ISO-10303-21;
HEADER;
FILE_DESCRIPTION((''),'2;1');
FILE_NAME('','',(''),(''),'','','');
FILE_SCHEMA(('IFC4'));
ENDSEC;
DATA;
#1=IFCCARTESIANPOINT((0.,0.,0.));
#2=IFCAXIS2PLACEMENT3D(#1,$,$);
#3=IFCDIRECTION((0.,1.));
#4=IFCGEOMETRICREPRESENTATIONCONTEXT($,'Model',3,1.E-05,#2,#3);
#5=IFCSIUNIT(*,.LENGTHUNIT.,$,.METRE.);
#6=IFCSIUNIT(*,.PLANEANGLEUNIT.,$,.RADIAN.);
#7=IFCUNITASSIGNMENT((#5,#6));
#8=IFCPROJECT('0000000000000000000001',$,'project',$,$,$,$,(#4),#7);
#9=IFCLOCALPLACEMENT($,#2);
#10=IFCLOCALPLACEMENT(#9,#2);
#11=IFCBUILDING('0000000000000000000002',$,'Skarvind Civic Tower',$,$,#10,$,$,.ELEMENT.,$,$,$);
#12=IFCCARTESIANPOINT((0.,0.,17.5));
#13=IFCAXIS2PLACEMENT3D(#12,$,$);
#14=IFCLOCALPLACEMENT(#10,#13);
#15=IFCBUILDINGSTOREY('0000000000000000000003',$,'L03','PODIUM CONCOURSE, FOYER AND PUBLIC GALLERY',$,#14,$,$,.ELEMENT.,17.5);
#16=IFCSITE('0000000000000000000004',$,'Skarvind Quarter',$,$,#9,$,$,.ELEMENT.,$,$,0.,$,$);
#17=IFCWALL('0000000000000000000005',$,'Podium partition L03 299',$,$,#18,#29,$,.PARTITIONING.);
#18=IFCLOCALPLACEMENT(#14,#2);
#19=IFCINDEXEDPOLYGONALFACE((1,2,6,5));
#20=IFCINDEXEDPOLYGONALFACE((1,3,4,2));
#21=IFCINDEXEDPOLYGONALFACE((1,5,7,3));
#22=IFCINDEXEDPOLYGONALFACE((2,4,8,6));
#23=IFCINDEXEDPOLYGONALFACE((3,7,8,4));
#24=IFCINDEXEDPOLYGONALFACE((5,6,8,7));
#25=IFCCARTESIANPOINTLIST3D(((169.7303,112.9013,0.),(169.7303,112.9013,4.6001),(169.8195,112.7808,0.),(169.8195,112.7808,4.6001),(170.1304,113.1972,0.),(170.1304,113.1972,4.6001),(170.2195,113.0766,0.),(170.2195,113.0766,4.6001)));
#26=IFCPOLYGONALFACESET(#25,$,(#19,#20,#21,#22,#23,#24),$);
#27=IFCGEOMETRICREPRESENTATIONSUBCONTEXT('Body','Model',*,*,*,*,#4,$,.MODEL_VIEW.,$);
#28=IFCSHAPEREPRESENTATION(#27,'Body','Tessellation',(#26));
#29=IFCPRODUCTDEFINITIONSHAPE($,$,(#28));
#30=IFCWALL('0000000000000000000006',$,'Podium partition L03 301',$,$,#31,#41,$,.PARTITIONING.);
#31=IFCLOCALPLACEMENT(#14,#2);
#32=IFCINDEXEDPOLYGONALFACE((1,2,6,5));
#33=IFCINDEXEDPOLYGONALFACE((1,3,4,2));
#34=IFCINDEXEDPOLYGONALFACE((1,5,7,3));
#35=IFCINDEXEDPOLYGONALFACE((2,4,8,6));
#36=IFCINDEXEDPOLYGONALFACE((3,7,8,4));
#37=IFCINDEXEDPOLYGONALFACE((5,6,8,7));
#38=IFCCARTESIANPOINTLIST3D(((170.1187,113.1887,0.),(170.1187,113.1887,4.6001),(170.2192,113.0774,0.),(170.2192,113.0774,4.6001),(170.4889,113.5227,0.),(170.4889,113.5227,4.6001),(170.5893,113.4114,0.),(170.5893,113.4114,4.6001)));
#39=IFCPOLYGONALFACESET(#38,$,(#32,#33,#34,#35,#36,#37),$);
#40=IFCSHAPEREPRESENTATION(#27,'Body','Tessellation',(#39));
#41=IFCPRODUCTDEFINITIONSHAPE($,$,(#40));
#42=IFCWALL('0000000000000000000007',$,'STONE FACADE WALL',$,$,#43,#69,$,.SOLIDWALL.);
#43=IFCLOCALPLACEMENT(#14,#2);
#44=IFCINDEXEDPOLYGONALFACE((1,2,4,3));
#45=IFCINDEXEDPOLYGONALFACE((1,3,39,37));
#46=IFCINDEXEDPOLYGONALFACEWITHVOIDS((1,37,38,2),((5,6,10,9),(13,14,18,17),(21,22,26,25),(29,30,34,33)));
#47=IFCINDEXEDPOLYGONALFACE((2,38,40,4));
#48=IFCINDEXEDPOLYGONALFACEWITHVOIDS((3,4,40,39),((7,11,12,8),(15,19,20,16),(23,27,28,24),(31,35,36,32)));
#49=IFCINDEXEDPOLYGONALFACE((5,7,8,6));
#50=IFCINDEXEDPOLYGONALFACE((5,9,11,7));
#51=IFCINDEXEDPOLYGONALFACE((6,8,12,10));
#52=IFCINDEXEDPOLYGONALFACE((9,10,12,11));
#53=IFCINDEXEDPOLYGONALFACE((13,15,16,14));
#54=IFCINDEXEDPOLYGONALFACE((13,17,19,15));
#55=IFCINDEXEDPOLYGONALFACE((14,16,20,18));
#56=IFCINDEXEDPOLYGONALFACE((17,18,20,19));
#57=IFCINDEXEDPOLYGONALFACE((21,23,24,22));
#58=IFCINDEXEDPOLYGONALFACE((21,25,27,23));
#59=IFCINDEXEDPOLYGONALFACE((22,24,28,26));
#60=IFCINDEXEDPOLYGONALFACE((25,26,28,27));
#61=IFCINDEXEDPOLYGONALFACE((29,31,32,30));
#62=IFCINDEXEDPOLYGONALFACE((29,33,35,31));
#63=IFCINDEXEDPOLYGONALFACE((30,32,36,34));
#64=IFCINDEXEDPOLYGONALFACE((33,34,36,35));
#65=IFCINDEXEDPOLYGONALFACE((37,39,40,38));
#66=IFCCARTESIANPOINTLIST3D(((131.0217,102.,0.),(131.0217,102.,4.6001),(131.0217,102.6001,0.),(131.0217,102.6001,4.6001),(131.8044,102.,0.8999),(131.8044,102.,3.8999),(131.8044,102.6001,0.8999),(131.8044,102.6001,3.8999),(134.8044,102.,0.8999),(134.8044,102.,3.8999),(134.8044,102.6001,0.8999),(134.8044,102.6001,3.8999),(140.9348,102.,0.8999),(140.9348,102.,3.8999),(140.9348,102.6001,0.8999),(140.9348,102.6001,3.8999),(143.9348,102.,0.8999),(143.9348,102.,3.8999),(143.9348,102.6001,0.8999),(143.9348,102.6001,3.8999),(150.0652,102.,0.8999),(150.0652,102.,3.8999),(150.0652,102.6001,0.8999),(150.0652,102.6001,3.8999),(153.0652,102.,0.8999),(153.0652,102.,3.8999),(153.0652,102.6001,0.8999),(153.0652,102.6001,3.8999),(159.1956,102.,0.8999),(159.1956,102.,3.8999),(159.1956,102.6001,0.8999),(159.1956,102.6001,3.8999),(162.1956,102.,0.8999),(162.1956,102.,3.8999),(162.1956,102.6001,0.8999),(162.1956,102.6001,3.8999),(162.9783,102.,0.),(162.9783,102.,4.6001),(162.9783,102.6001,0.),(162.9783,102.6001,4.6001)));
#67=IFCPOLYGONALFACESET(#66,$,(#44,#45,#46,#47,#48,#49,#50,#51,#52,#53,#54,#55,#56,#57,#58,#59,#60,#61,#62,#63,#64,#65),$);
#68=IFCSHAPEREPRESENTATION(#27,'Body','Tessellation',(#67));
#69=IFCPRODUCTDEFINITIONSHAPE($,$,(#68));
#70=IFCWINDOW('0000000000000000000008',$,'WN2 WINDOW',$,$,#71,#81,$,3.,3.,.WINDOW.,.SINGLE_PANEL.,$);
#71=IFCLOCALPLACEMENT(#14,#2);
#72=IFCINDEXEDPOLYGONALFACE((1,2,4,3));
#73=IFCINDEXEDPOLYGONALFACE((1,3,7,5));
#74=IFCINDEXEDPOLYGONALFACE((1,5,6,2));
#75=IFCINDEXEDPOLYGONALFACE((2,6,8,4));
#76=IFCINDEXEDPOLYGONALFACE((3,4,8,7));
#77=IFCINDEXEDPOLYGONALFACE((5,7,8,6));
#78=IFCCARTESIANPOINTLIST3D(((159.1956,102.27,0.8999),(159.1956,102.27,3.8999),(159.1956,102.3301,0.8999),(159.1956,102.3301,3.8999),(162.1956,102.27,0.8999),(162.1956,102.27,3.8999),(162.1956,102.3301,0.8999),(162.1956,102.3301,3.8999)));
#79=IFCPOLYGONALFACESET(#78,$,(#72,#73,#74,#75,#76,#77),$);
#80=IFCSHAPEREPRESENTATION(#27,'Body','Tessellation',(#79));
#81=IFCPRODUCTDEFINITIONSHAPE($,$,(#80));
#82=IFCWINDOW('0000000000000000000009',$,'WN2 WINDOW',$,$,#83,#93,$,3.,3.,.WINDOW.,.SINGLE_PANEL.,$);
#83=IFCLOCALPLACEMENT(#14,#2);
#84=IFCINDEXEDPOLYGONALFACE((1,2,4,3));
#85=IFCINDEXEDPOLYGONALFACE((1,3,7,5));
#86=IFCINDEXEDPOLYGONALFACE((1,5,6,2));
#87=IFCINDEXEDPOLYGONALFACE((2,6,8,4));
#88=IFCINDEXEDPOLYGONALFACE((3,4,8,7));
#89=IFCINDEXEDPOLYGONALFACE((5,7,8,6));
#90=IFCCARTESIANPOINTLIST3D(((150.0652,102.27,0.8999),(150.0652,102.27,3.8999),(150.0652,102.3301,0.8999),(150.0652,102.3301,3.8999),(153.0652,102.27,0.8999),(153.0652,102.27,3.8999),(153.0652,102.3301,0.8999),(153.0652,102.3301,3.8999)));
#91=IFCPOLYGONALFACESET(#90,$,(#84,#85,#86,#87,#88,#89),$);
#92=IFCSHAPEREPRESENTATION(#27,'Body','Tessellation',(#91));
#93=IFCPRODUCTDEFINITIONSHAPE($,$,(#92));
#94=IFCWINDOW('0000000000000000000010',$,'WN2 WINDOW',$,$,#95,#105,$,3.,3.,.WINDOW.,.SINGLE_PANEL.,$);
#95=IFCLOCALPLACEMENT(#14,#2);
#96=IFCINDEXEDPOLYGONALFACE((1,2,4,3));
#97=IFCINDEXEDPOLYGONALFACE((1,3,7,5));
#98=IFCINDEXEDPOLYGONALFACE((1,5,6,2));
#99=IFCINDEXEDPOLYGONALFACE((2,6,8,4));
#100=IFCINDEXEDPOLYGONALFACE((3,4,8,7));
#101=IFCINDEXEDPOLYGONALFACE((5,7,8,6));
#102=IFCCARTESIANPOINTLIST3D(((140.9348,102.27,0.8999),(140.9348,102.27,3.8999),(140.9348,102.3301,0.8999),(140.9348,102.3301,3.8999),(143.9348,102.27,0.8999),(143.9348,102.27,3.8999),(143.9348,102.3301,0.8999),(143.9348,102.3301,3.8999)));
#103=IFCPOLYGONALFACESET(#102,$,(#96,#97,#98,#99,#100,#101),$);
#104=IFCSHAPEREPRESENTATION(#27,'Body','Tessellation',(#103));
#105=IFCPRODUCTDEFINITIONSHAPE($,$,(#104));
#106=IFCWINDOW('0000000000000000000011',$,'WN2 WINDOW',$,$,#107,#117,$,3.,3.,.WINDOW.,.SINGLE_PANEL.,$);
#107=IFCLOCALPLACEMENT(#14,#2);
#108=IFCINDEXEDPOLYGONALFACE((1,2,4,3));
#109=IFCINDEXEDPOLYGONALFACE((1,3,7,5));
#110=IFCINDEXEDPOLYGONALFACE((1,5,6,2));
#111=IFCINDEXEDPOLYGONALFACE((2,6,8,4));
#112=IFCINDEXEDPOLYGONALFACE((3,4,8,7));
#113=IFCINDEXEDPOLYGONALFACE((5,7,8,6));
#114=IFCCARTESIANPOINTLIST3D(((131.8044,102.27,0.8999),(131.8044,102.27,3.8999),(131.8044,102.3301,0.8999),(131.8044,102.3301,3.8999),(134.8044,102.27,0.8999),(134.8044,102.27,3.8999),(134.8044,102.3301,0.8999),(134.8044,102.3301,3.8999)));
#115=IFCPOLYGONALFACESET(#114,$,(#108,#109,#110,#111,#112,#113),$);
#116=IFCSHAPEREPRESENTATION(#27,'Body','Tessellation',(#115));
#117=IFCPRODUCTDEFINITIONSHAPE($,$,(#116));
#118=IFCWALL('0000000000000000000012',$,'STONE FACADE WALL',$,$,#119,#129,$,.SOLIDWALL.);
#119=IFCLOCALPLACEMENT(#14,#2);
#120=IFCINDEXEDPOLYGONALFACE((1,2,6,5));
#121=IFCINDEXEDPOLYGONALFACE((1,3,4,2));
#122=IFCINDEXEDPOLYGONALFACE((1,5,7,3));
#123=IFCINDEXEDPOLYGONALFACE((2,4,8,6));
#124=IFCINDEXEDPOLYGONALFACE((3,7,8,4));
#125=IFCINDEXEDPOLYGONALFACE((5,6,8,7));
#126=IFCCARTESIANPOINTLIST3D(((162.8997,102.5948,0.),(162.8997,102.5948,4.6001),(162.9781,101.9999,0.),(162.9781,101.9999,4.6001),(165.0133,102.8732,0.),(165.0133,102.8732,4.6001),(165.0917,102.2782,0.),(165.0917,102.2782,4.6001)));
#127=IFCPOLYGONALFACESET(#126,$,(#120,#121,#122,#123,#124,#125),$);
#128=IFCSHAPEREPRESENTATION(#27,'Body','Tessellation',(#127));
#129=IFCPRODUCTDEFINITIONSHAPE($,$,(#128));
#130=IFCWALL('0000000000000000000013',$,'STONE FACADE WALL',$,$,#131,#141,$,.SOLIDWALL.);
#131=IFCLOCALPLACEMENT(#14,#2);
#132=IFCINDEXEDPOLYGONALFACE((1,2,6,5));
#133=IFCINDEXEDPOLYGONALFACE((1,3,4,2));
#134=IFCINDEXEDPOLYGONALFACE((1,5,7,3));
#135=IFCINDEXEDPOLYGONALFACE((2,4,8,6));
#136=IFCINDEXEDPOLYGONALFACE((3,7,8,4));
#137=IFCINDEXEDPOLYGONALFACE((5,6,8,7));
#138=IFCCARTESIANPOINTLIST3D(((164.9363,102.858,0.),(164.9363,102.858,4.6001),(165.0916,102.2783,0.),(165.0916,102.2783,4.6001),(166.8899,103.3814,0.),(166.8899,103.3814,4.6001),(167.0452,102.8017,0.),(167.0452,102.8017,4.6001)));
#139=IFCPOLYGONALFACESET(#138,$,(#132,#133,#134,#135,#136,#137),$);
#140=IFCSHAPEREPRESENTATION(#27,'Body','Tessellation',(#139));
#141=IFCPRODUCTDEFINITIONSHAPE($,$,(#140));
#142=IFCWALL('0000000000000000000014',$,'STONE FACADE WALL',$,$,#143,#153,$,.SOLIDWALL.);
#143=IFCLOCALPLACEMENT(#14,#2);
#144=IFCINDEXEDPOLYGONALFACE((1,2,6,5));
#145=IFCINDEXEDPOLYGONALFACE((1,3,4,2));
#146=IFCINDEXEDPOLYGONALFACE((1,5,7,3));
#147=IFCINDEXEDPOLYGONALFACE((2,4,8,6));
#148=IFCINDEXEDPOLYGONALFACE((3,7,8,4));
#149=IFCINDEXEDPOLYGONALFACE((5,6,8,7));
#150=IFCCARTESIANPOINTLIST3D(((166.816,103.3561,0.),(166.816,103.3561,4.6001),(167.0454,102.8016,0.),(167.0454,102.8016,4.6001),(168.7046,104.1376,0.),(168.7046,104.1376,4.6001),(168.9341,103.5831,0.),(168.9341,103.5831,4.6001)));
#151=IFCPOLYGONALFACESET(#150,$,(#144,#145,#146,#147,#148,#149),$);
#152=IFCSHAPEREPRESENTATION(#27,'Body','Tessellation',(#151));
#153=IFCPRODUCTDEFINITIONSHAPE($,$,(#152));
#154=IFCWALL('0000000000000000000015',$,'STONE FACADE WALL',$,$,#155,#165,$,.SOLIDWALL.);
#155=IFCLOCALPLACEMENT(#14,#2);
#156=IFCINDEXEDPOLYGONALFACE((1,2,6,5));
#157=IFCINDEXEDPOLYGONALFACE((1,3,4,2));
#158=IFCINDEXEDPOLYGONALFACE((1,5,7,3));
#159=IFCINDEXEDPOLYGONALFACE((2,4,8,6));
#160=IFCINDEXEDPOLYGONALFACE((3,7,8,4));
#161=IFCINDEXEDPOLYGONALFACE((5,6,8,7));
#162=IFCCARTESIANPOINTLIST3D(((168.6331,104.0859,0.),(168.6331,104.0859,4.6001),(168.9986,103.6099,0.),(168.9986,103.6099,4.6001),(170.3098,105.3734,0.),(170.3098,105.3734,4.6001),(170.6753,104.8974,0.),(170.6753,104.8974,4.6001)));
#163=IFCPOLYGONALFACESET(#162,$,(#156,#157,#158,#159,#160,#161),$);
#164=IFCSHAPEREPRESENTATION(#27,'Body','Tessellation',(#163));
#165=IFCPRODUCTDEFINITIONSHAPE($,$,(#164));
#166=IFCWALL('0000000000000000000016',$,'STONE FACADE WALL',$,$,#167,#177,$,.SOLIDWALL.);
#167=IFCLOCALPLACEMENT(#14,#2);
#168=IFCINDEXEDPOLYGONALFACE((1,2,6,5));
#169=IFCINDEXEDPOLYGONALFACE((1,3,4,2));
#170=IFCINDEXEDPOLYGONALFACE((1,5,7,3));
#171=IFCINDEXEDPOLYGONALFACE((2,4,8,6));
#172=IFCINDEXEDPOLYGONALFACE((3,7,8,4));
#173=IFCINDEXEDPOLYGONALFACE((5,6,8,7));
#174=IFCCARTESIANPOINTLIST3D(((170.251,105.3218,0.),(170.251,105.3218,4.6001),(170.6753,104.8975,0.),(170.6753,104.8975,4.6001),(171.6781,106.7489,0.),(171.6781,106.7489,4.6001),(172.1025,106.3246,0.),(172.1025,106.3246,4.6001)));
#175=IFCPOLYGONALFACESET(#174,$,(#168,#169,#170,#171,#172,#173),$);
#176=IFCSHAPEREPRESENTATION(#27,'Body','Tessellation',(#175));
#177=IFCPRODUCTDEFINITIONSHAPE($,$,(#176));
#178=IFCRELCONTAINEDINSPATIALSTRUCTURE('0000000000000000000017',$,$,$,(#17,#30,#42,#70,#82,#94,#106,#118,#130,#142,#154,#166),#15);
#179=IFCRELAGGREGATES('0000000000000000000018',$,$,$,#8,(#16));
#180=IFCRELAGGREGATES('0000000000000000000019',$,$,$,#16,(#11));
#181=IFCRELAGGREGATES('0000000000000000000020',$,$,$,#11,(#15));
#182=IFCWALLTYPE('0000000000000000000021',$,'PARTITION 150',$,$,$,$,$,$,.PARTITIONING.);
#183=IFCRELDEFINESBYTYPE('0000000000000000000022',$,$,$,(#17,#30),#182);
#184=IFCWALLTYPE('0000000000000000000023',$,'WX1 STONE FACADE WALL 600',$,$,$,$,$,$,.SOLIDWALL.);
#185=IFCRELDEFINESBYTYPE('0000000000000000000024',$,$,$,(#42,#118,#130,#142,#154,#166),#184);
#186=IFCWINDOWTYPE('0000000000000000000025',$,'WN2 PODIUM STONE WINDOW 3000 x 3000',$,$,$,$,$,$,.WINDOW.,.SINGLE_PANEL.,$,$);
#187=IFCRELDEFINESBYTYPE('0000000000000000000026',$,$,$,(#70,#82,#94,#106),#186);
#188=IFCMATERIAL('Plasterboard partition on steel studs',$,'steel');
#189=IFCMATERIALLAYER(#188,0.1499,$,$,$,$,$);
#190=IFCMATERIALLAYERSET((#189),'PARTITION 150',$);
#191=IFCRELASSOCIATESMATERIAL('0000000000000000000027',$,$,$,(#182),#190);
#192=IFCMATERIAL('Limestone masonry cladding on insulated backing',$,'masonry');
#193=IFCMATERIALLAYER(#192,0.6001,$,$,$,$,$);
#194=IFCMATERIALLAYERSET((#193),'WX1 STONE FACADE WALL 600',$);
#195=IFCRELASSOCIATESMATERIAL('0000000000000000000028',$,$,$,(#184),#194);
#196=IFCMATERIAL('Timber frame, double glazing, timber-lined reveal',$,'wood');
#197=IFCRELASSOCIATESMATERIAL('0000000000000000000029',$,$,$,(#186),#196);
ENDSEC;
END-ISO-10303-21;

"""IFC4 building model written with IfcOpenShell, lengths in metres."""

from ifc_helpers import new_model, si_unit, direction, frame, frame_2d, origin, place, context, subcontext, project, spatial, rectangle, extrude, material, layer, layer_set, type_object, element, fill, save


model = new_model("IFC4")

# Units and contexts
model_context = context("Model", 3, precision=1e-05, world=origin(), true_north=direction((0.0, 1.0)))
body_context = subcontext(model_context, "Body", "Model", "MODEL_VIEW")
ifc_project = project(units=[si_unit("LENGTHUNIT", "METRE"), si_unit("PLANEANGLEUNIT", "RADIAN")], contexts=[model_context])

# Site, building, storey
site_placement = place(None, origin())
site = spatial("IfcSite", under=ifc_project, at=site_placement, Name="Skarvind Quarter", CompositionType="ELEMENT", RefElevation=0.0)
building_placement = place(site_placement, origin())
building = spatial("IfcBuilding", under=site, at=building_placement, Name="Skarvind Civic Tower", CompositionType="ELEMENT")
storey_placement = place(building_placement, frame((0.0, 0.0, 17.5)))
storey = spatial("IfcBuildingStorey", under=building, at=storey_placement, Name="L03", Description="PODIUM CONCOURSE, FOYER AND PUBLIC GALLERY", CompositionType="ELEMENT", Elevation=17.5)

# Shared definitions
ifc_material_1 = material(Name="Plasterboard partition on steel studs", Category="steel")
ifc_layer_1 = layer(ifc_material_1, 0.1499)
ifc_layer_set_1 = layer_set([ifc_layer_1], Name="PARTITION 150")
wall_type_1 = type_object("IfcWallType", Name="PARTITION 150", PredefinedType="PARTITIONING", material=ifc_layer_set_1)

# Walls
wall_1_placement = place(storey_placement, frame((169.7749, 112.8411, 0.0), z_axis=(0.0, 0.0, 1.0), x_axis=(0.804044, 0.59457, 0.0)))
element("IfcWall", 1, at=wall_1_placement, inside=storey, type_object=wall_type_1, Name="Podium partition L03 299", PredefinedType="PARTITIONING", context=body_context, shape_type="SweptSolid", body=[
    extrude(rectangle(XDim=0.4976, YDim=0.1499, at=frame_2d((0.2488, 0.0))), origin(), (0.0, 0.0, 1.0), 4.6001),
])
wall_2_placement = place(storey_placement, frame((170.1689, 113.1331, 0.0), z_axis=(0.0, 0.0, 1.0), x_axis=(0.742417, 0.669938, 0.0)))
element("IfcWall", 2, at=wall_2_placement, inside=storey, type_object=wall_type_1, Name="Podium partition L03 301", PredefinedType="PARTITIONING", context=body_context, shape_type="SweptSolid", body=[
    extrude(rectangle(XDim=0.4985, YDim=0.1499, at=frame_2d((0.2493, 0.0))), origin(), (0.0, 0.0, 1.0), 4.6001),
])

# Wall, openings, windows
ifc_material_2 = material(Name="Limestone masonry cladding on insulated backing", Category="masonry")
ifc_layer_2 = layer(ifc_material_2, 0.6001)
ifc_layer_set_2 = layer_set([ifc_layer_2], Name="WX1 STONE FACADE WALL 600")
wall_type_2 = type_object("IfcWallType", Name="WX1 STONE FACADE WALL 600", PredefinedType="SOLIDWALL", material=ifc_layer_set_2)
wall_3_placement = place(storey_placement, frame((162.9783, 102.3, 0.0), z_axis=(0.0, 0.0, 1.0), x_axis=(-1.0, 0.0, 0.0)))
wall_3 = element("IfcWall", 3, at=wall_3_placement, inside=storey, type_object=wall_type_2, Name="STONE FACADE WALL", PredefinedType="SOLIDWALL", context=body_context, shape_type="SweptSolid", body=[
    extrude(rectangle(XDim=31.9565, YDim=0.6001, at=frame_2d((15.9783, 0.0))), origin(), (0.0, 0.0, 1.0), 4.6001),
])
opening_1_placement = place(wall_3_placement, frame((0.7827, 0.0, 0.8999)))
opening_1 = element("IfcOpeningElement", 4, at=opening_1_placement, cuts=wall_3, PredefinedType="OPENING", context=body_context, shape_type="SweptSolid", body=[
    extrude(rectangle(XDim=3.0, YDim=3.0, at=frame_2d((1.5, 1.5))), frame((0.0, 0.3101, 0.0), z_axis=(0.0, -1.0, 0.0), x_axis=(1.0, 0.0, 0.0)), (0.0, 0.0, 1.0), 0.6201),
])
opening_2_placement = place(wall_3_placement, frame((9.9131, 0.0, 0.8999)))
opening_2 = element("IfcOpeningElement", 5, at=opening_2_placement, cuts=wall_3, PredefinedType="OPENING", context=body_context, shape_type="SweptSolid", body=[
    extrude(rectangle(XDim=3.0, YDim=3.0, at=frame_2d((1.5, 1.5))), frame((0.0, 0.3101, 0.0), z_axis=(0.0, -1.0, 0.0), x_axis=(1.0, 0.0, 0.0)), (0.0, 0.0, 1.0), 0.6201),
])
opening_3_placement = place(wall_3_placement, frame((19.0435, 0.0, 0.8999)))
opening_3 = element("IfcOpeningElement", 6, at=opening_3_placement, cuts=wall_3, PredefinedType="OPENING", context=body_context, shape_type="SweptSolid", body=[
    extrude(rectangle(XDim=3.0, YDim=3.0, at=frame_2d((1.5, 1.5))), frame((0.0, 0.3101, 0.0), z_axis=(0.0, -1.0, 0.0), x_axis=(1.0, 0.0, 0.0)), (0.0, 0.0, 1.0), 0.6201),
])
opening_4_placement = place(wall_3_placement, frame((28.1738, 0.0, 0.8999)))
opening_4 = element("IfcOpeningElement", 7, at=opening_4_placement, cuts=wall_3, PredefinedType="OPENING", context=body_context, shape_type="SweptSolid", body=[
    extrude(rectangle(XDim=3.0, YDim=3.0, at=frame_2d((1.5, 1.5))), frame((0.0, 0.3101, 0.0), z_axis=(0.0, -1.0, 0.0), x_axis=(1.0, 0.0, 0.0)), (0.0, 0.0, 1.0), 0.6201),
])
ifc_material_3 = material(Name="Timber frame, double glazing, timber-lined reveal", Category="wood")
window_type = type_object("IfcWindowType", Name="WN2 PODIUM STONE WINDOW 3000 x 3000", PartitioningType="SINGLE_PANEL", PredefinedType="WINDOW", material=ifc_material_3)
window_1_placement = place(opening_1_placement, origin())
window_1 = element("IfcWindow", 8, at=window_1_placement, inside=storey, type_object=window_type, Name="WN2 WINDOW", OverallHeight=3.0, OverallWidth=3.0, PartitioningType="SINGLE_PANEL", PredefinedType="WINDOW", context=body_context, shape_type="SweptSolid", body=[
    extrude(rectangle(XDim=3.0, YDim=3.0, at=frame_2d((1.5, 1.5))), frame((0.0, 0.03, 0.0), z_axis=(0.0, -1.0, 0.0), x_axis=(1.0, 0.0, 0.0)), (0.0, 0.0, 1.0), 0.0601),
])
fill(opening_1, window_1)
window_2_placement = place(opening_2_placement, origin())
window_2 = element("IfcWindow", 9, at=window_2_placement, inside=storey, type_object=window_type, Name="WN2 WINDOW", OverallHeight=3.0, OverallWidth=3.0, PartitioningType="SINGLE_PANEL", PredefinedType="WINDOW", context=body_context, shape_type="SweptSolid", body=[
    extrude(rectangle(XDim=3.0, YDim=3.0, at=frame_2d((1.5, 1.5))), frame((0.0, 0.03, 0.0), z_axis=(0.0, -1.0, 0.0), x_axis=(1.0, 0.0, 0.0)), (0.0, 0.0, 1.0), 0.0601),
])
fill(opening_2, window_2)
window_3_placement = place(opening_3_placement, origin())
window_3 = element("IfcWindow", 10, at=window_3_placement, inside=storey, type_object=window_type, Name="WN2 WINDOW", OverallHeight=3.0, OverallWidth=3.0, PartitioningType="SINGLE_PANEL", PredefinedType="WINDOW", context=body_context, shape_type="SweptSolid", body=[
    extrude(rectangle(XDim=3.0, YDim=3.0, at=frame_2d((1.5, 1.5))), frame((0.0, 0.03, 0.0), z_axis=(0.0, -1.0, 0.0), x_axis=(1.0, 0.0, 0.0)), (0.0, 0.0, 1.0), 0.0601),
])
fill(opening_3, window_3)
window_4_placement = place(opening_4_placement, origin())
window_4 = element("IfcWindow", 11, at=window_4_placement, inside=storey, type_object=window_type, Name="WN2 WINDOW", OverallHeight=3.0, OverallWidth=3.0, PartitioningType="SINGLE_PANEL", PredefinedType="WINDOW", context=body_context, shape_type="SweptSolid", body=[
    extrude(rectangle(XDim=3.0, YDim=3.0, at=frame_2d((1.5, 1.5))), frame((0.0, 0.03, 0.0), z_axis=(0.0, -1.0, 0.0), x_axis=(1.0, 0.0, 0.0)), (0.0, 0.0, 1.0), 0.0601),
])
fill(opening_4, window_4)

# Walls
wall_4_placement = place(storey_placement, frame((165.0525, 102.5757, 0.0), z_axis=(0.0, 0.0, 1.0), x_axis=(-0.991441, -0.130558, 0.0)))
element("IfcWall", 12, at=wall_4_placement, inside=storey, type_object=wall_type_2, Name="STONE FACADE WALL", PredefinedType="SOLIDWALL", context=body_context, shape_type="SweptSolid", body=[
    extrude(rectangle(XDim=2.1318, YDim=0.6001, at=frame_2d((1.0659, 0.0))), origin(), (0.0, 0.0, 1.0), 4.6001),
])
wall_5_placement = place(storey_placement, frame((166.9675, 103.0916, 0.0), z_axis=(0.0, 0.0, 1.0), x_axis=(-0.96593, -0.258804, 0.0)))
element("IfcWall", 13, at=wall_5_placement, inside=storey, type_object=wall_type_2, Name="STONE FACADE WALL", PredefinedType="SOLIDWALL", context=body_context, shape_type="SweptSolid", body=[
    extrude(rectangle(XDim=2.0225, YDim=0.6001, at=frame_2d((1.0112, 0.0))), origin(), (0.0, 0.0, 1.0), 4.6001),
])
wall_6_placement = place(storey_placement, frame((168.8193, 103.8604, 0.0), z_axis=(0.0, 0.0, 1.0), x_axis=(-0.924021, -0.382341, 0.0)))
element("IfcWall", 14, at=wall_6_placement, inside=storey, type_object=wall_type_2, Name="STONE FACADE WALL", PredefinedType="SOLIDWALL", context=body_context, shape_type="SweptSolid", body=[
    extrude(rectangle(XDim=2.0439, YDim=0.6001, at=frame_2d((1.022, 0.0))), origin(), (0.0, 0.0, 1.0), 4.6001),
])
wall_7_placement = place(storey_placement, frame((170.4927, 105.1355, 0.0), z_axis=(0.0, 0.0, 1.0), x_axis=(-0.79313, -0.609052, 0.0)))
element("IfcWall", 15, at=wall_7_placement, inside=storey, type_object=wall_type_2, Name="STONE FACADE WALL", PredefinedType="SOLIDWALL", context=body_context, shape_type="SweptSolid", body=[
    extrude(rectangle(XDim=2.114, YDim=0.6001, at=frame_2d((1.0571, 0.0))), origin(), (0.0, 0.0, 1.0), 4.6001),
])
wall_8_placement = place(storey_placement, frame((171.8904, 106.5369, 0.0), z_axis=(0.0, 0.0, 1.0), x_axis=(-0.707107, -0.707107, 0.0)))
element("IfcWall", 16, at=wall_8_placement, inside=storey, type_object=wall_type_2, Name="STONE FACADE WALL", PredefinedType="SOLIDWALL", context=body_context, shape_type="SweptSolid", body=[
    extrude(rectangle(XDim=2.0183, YDim=0.6001, at=frame_2d((1.0093, 0.0))), origin(), (0.0, 0.0, 1.0), 4.6001),
])

save(model, "model.ifc")
